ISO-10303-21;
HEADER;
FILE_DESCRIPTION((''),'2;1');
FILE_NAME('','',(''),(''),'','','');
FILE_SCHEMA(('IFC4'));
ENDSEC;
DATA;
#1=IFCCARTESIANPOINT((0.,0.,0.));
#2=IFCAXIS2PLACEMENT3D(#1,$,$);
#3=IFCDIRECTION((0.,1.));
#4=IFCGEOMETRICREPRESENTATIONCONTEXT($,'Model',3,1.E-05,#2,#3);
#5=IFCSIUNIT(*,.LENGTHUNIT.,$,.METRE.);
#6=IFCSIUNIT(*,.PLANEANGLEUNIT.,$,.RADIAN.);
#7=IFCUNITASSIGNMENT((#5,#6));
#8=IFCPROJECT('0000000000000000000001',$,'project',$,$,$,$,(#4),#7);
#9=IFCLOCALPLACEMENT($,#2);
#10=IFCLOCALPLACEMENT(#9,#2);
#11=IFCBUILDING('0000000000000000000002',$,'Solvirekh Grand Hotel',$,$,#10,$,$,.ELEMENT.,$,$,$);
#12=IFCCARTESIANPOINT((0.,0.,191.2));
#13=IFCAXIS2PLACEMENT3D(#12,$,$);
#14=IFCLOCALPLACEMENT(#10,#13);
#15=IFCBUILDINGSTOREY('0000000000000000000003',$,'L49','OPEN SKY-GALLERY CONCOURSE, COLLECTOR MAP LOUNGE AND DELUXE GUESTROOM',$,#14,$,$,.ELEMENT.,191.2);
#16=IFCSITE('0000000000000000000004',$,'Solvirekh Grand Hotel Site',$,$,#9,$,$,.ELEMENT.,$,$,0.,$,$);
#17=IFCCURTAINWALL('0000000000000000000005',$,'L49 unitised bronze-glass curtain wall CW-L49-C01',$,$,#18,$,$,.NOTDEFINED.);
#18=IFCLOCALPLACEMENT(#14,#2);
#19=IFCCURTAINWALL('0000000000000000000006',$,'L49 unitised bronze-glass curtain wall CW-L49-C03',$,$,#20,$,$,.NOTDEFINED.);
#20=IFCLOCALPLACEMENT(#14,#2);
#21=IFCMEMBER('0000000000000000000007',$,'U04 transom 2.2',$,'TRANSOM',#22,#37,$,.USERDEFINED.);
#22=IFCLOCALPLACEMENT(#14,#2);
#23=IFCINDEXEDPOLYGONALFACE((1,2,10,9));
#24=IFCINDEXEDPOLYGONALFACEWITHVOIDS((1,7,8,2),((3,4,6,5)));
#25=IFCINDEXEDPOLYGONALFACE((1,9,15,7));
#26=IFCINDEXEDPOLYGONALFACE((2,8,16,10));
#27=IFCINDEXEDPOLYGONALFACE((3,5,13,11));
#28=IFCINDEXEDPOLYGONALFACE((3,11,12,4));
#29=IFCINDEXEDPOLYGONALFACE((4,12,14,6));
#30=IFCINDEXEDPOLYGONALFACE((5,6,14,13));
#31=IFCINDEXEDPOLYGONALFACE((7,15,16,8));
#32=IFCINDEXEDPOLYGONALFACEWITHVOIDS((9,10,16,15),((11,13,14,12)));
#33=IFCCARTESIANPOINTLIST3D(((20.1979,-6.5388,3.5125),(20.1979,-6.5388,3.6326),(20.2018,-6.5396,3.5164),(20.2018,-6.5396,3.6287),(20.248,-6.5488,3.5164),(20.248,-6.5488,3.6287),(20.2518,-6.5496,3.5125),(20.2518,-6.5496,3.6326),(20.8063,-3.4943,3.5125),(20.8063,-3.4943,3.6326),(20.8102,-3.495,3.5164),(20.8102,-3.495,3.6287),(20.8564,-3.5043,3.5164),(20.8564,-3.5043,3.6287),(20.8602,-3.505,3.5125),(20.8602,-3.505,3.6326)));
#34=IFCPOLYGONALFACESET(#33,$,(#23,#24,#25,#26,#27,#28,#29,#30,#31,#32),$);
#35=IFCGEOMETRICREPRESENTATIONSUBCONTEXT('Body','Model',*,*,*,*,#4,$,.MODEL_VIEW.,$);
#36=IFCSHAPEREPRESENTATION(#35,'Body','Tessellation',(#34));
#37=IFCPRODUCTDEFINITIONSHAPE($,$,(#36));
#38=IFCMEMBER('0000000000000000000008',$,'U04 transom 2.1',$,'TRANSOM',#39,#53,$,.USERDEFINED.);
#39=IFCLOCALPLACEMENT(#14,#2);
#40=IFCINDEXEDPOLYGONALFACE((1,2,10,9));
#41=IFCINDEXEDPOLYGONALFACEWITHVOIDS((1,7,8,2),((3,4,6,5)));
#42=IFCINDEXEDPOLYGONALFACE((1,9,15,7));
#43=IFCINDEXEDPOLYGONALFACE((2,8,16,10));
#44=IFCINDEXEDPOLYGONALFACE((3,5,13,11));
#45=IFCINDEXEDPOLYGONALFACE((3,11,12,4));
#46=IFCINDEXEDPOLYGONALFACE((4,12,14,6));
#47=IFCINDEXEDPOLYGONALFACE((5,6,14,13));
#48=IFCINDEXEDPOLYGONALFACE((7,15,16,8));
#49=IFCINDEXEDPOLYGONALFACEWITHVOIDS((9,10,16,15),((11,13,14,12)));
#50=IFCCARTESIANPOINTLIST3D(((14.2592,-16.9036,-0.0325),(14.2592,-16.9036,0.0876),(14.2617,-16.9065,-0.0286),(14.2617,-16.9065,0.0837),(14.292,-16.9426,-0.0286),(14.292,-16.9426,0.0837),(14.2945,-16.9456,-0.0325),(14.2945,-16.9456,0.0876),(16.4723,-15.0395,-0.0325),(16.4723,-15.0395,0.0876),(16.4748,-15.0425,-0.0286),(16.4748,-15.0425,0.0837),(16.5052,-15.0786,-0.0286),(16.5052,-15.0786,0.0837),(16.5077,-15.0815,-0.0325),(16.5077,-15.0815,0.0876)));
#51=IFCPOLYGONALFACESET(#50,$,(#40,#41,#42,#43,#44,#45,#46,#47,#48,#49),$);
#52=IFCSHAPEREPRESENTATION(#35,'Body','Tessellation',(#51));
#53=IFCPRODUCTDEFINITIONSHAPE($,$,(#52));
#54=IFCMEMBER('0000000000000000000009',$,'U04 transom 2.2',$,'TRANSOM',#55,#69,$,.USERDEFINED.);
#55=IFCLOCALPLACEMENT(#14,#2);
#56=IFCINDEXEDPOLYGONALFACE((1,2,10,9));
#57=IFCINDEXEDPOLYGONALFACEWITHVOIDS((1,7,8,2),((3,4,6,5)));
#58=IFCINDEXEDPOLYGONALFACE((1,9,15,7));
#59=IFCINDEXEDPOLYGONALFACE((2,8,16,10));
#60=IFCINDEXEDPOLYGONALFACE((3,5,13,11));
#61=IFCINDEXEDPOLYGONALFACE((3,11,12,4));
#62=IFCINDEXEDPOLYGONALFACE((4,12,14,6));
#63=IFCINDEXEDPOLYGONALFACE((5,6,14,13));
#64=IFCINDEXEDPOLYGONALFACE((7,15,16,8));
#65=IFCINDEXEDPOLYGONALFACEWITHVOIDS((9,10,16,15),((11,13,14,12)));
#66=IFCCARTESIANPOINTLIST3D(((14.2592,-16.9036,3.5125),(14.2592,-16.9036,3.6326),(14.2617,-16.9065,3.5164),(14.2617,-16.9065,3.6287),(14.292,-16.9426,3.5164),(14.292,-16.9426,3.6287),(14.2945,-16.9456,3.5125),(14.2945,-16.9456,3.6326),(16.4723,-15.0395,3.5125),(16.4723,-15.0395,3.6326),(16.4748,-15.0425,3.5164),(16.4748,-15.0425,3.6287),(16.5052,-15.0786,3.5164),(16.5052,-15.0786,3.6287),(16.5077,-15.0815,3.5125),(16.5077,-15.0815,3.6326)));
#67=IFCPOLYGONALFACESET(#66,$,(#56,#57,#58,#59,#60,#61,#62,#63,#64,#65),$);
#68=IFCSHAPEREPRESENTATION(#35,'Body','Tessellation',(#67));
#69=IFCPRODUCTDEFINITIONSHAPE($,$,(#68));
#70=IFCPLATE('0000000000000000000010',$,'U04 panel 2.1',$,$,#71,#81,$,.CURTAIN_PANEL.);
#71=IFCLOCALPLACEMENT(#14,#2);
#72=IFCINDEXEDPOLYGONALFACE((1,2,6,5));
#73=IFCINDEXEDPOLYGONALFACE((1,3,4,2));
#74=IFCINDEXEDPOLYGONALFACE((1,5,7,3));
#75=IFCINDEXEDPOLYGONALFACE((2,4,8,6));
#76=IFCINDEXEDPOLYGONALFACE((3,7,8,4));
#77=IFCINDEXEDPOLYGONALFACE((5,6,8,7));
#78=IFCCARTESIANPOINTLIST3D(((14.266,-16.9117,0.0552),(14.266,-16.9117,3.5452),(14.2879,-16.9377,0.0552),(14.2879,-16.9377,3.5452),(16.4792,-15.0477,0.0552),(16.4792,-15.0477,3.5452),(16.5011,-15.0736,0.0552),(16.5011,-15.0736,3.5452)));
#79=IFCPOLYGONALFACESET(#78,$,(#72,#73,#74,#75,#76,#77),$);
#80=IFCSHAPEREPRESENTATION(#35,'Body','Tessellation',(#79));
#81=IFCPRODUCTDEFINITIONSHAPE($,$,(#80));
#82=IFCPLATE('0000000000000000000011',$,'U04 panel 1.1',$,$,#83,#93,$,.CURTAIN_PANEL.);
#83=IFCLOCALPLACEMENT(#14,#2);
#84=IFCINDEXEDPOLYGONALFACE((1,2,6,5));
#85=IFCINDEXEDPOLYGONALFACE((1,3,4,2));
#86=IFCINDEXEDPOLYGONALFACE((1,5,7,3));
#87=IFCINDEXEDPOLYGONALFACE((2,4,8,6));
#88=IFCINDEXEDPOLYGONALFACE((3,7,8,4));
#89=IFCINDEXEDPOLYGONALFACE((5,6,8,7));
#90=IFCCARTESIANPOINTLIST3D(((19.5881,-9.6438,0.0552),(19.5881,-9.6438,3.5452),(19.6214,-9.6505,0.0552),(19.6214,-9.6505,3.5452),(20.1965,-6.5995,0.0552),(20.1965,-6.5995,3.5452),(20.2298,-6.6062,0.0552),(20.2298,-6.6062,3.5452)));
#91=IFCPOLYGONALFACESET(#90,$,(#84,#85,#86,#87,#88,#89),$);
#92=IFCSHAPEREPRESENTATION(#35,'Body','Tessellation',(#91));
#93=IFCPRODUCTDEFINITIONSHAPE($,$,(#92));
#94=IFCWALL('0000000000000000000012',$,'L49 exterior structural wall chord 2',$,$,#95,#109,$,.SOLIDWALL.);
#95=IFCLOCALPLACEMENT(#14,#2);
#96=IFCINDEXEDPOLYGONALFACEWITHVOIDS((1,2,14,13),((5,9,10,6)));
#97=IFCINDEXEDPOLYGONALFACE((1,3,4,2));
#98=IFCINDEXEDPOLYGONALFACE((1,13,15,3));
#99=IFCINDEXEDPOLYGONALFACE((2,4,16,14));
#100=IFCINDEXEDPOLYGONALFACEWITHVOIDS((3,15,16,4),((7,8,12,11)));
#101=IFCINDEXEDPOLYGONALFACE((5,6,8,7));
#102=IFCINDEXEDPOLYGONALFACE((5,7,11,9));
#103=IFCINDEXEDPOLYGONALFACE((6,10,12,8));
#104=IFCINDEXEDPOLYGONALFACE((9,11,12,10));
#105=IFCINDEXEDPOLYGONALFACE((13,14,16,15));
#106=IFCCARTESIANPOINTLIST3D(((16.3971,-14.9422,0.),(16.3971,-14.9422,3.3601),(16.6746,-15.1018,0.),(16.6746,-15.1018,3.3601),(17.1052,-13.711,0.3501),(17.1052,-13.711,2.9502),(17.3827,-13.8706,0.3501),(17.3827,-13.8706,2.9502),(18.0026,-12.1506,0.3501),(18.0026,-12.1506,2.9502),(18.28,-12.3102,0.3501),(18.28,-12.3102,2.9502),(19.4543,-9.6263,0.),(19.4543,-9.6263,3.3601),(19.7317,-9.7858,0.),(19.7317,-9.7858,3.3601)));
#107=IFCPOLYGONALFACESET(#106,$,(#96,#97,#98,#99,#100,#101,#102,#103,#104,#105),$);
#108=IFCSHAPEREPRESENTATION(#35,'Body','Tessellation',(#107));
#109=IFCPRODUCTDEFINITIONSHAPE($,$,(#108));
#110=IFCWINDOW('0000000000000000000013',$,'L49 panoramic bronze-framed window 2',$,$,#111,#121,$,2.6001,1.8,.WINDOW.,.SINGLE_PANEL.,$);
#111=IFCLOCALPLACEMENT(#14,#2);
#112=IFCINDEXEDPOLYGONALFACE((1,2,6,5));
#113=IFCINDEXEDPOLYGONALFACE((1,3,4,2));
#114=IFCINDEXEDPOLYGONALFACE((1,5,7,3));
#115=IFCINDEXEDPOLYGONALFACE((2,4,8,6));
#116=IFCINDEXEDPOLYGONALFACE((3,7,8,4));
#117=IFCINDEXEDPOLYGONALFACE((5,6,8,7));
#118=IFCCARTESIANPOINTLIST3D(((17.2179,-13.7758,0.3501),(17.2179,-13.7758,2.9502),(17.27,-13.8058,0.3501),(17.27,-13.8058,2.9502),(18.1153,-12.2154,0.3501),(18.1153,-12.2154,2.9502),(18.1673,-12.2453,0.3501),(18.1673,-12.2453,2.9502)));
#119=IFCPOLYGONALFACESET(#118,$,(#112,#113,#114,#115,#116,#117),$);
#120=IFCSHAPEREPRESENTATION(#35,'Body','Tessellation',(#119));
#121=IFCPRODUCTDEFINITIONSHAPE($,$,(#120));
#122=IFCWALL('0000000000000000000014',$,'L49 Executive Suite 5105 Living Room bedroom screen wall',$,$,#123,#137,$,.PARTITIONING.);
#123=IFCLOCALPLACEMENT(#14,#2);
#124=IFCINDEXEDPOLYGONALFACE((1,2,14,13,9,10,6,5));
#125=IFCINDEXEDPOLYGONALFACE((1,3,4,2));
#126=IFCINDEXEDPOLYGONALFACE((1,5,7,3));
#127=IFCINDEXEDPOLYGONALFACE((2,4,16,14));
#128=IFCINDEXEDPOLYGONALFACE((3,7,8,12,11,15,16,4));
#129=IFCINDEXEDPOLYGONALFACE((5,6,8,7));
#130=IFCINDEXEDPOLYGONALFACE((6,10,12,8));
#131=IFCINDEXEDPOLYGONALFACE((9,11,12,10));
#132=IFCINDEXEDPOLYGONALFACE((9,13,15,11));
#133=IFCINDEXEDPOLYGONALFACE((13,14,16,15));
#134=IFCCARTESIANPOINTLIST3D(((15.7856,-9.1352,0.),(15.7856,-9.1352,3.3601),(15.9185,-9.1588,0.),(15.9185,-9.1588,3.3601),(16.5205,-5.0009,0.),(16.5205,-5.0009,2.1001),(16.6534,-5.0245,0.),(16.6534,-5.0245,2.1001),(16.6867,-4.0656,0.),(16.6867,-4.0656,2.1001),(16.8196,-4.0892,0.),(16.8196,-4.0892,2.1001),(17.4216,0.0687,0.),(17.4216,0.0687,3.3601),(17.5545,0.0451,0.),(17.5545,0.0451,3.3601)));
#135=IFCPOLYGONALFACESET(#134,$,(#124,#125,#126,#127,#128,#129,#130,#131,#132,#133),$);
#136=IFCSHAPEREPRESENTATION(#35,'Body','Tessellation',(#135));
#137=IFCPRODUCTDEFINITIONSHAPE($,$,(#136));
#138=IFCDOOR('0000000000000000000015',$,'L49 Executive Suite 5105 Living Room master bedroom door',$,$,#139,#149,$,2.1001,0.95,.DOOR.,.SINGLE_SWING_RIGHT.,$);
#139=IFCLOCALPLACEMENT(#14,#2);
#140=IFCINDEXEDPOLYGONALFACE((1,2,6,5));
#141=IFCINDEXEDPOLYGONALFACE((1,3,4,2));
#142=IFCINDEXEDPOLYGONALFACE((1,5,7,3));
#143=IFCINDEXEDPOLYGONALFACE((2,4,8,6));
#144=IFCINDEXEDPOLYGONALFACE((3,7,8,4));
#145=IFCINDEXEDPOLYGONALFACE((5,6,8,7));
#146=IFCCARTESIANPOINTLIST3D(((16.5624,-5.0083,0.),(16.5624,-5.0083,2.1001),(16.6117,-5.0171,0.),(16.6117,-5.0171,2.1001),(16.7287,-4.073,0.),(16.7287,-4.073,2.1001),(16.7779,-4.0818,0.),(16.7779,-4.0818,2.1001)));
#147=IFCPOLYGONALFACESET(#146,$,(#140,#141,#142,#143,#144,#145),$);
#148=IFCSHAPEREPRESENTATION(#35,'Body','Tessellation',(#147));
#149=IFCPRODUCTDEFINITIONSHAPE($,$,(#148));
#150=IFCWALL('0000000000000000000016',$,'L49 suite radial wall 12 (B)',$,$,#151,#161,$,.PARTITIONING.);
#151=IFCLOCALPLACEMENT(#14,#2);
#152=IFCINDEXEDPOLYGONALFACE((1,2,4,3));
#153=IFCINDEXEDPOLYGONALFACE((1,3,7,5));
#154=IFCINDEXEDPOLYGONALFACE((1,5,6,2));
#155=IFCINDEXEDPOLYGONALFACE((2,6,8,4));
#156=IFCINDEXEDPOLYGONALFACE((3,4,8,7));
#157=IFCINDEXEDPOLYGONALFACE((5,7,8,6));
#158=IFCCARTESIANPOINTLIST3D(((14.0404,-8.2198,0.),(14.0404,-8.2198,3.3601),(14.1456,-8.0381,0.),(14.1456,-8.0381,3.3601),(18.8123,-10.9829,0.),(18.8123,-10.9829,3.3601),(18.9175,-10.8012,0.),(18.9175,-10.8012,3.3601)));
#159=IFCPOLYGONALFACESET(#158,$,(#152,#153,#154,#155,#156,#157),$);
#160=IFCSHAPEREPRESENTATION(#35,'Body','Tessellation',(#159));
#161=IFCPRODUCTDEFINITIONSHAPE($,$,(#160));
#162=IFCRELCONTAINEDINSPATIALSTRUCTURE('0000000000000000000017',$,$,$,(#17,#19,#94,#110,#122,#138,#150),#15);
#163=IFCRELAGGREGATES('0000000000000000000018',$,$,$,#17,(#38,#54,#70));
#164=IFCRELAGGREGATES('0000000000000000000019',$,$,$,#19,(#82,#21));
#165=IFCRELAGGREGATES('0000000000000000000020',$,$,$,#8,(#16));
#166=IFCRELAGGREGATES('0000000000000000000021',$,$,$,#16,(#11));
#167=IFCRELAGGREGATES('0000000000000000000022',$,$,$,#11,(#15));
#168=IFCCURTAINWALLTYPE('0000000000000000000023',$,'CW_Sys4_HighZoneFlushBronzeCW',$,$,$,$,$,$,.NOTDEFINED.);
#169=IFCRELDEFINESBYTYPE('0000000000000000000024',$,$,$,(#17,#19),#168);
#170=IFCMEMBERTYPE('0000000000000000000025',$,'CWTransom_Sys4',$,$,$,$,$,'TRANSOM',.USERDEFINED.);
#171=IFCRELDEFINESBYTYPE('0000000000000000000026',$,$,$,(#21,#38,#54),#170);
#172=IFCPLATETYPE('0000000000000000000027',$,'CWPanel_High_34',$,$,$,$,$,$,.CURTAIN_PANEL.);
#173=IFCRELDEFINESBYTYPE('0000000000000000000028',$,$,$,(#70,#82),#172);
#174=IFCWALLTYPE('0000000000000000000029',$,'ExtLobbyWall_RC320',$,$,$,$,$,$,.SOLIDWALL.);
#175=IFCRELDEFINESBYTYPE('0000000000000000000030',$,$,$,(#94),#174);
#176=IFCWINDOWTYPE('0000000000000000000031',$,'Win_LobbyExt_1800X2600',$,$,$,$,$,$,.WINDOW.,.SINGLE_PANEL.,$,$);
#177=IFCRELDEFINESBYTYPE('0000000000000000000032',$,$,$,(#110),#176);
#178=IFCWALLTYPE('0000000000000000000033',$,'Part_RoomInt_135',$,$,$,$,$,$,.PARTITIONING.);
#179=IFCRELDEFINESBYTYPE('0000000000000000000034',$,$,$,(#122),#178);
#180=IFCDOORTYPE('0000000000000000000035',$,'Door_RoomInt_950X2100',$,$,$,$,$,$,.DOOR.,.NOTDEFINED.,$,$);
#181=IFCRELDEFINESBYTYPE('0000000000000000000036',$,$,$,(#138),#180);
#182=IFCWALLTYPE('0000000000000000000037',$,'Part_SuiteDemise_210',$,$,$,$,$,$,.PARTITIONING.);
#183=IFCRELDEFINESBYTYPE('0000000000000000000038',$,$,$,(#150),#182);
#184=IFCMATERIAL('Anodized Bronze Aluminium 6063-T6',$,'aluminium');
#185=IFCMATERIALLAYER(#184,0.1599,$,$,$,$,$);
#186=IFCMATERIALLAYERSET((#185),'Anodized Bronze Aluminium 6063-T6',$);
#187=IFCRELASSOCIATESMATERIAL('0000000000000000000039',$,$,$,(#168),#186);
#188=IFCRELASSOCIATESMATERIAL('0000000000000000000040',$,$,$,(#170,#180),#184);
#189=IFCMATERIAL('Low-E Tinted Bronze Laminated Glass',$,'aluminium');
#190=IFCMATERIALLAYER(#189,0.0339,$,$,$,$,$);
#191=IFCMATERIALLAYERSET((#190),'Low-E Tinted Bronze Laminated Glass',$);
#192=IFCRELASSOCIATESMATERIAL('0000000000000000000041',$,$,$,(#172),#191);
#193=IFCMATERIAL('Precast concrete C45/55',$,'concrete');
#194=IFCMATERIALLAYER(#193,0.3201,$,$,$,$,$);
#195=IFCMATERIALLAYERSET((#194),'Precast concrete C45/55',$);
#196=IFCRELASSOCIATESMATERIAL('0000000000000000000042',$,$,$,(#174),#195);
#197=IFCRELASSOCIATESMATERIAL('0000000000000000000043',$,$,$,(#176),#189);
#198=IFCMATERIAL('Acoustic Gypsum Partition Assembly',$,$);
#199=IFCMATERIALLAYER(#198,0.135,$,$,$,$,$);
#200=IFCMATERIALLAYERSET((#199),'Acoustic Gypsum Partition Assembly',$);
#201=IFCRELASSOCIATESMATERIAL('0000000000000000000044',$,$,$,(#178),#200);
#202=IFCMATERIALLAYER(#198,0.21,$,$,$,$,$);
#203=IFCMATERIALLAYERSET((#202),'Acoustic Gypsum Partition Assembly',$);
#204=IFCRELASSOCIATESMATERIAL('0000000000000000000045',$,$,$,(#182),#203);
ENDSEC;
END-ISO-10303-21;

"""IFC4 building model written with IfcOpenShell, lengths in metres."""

from ifc_helpers import new_model, si_unit, direction, frame, frame_2d, origin, origin_2d, place, context, subcontext, project, spatial, rectangle, hollow_rectangle, extrude, source, transform, mapped, material, layer, layer_set, material_profile, profile_set, type_object, element, fill, aggregate, save


model = new_model("IFC4")

# Units and contexts
model_context = context("Model", 3, precision=1e-05, world=origin(), true_north=direction((0.0, 1.0)))
body_context = subcontext(model_context, "Body", "Model", "MODEL_VIEW")
ifc_project = project(units=[si_unit("LENGTHUNIT", "METRE"), si_unit("PLANEANGLEUNIT", "RADIAN")], contexts=[model_context])

# Site, building, storey
site_placement = place(None, origin())
site = spatial("IfcSite", under=ifc_project, at=site_placement, Name="Solvirekh Grand Hotel Site", CompositionType="ELEMENT", RefElevation=0.0)
building_placement = place(site_placement, origin())
building = spatial("IfcBuilding", under=site, at=building_placement, Name="Solvirekh Grand Hotel", CompositionType="ELEMENT")
storey_placement = place(building_placement, frame((0.0, 0.0, 191.2)))
storey = spatial("IfcBuildingStorey", under=building, at=storey_placement, Name="L49", Description="OPEN SKY-GALLERY CONCOURSE, COLLECTOR MAP LOUNGE AND DELUXE GUESTROOM", CompositionType="ELEMENT", Elevation=191.2)

# Curtain walls, member
ifc_material_1 = material(Name="Anodized Bronze Aluminium 6063-T6", Category="aluminium")
ifc_layer_1 = layer(ifc_material_1, 0.1599)
ifc_layer_set_1 = layer_set([ifc_layer_1], Name="Anodized Bronze Aluminium 6063-T6")
curtain_wall_type = type_object("IfcCurtainWallType", Name="CW_Sys4_HighZoneFlushBronzeCW", PredefinedType="NOTDEFINED", material=ifc_layer_set_1)
curtain_wall_1_placement = place(storey_placement, origin())
curtain_wall_1 = element("IfcCurtainWall", 1, at=curtain_wall_1_placement, inside=storey, type_object=curtain_wall_type, Name="L49 unitised bronze-glass curtain wall CW-L49-C01", PredefinedType="NOTDEFINED")
curtain_wall_2_placement = place(storey_placement, origin())
curtain_wall_2 = element("IfcCurtainWall", 2, at=curtain_wall_2_placement, inside=storey, type_object=curtain_wall_type, Name="L49 unitised bronze-glass curtain wall CW-L49-C03", PredefinedType="NOTDEFINED")
ifc_material_profile_1 = material_profile(ifc_material_1, hollow_rectangle(XDim=0.0549, YDim=0.1201, WallThickness=0.0039, at=origin_2d()), Name="ALU RHS 120X55X4")
ifc_profile_set_1 = profile_set([ifc_material_profile_1], Name="Anodized Bronze Aluminium 6063-T6")
member_type_1 = type_object("IfcMemberType", Name="CWTransom_Sys4", ElementType="TRANSOM", PredefinedType="USERDEFINED", material=ifc_profile_set_1)
shared_shape_1 = source(origin(), body_context, "Body", "SweptSolid", [
    extrude(hollow_rectangle(XDim=0.0549, YDim=0.1201, WallThickness=0.0039, at=origin_2d()), origin(), (0.0, 0.0, 1.0), 3.1047),
])
member_1_placement = place(storey_placement, frame((20.2249, -6.5442, 3.5725), z_axis=(0.195965, 0.980611, 0.0), x_axis=(-0.980611, 0.195965, 0.0)))
member_1 = element("IfcMember", 3, at=member_1_placement, type_object=member_type_1, Name="U04 transom 2.2", ObjectType="TRANSOM", PredefinedType="USERDEFINED", context=body_context, shape_type="MappedRepresentation", body=[
    mapped(shared_shape_1, transform((0.0, 0.0, 0.0), x_axis=(1.0, 0.0, 0.0), y_axis=(0.0, 1.0, 0.0), z_axis=(0.0, 0.0, 1.0), scale=1.0)),
])

# Members
shared_shape_2 = source(origin(), body_context, "Body", "SweptSolid", [
    extrude(hollow_rectangle(XDim=0.0549, YDim=0.1201, WallThickness=0.0039, at=origin_2d()), origin(), (0.0, 0.0, 1.0), 2.8936),
])
member_2_placement = place(storey_placement, frame((14.2769, -16.9246, 0.0276), z_axis=(0.764856, 0.644201, 0.0), x_axis=(-0.644201, 0.764856, 0.0)))
member_2 = element("IfcMember", 4, at=member_2_placement, type_object=member_type_1, Name="U04 transom 2.1", ObjectType="TRANSOM", PredefinedType="USERDEFINED", context=body_context, shape_type="MappedRepresentation", body=[
    mapped(shared_shape_2, transform((0.0, 0.0, 0.0), x_axis=(1.0, 0.0, 0.0), y_axis=(0.0, 1.0, 0.0), z_axis=(0.0, 0.0, 1.0), scale=1.0)),
])
member_3_placement = place(storey_placement, frame((14.2769, -16.9246, 3.5725), z_axis=(0.764856, 0.644201, 0.0), x_axis=(-0.644201, 0.764856, 0.0)))
member_3 = element("IfcMember", 5, at=member_3_placement, type_object=member_type_1, Name="U04 transom 2.2", ObjectType="TRANSOM", PredefinedType="USERDEFINED", context=body_context, shape_type="MappedRepresentation", body=[
    mapped(shared_shape_2, transform((0.0, 0.0, 0.0), x_axis=(1.0, 0.0, 0.0), y_axis=(0.0, 1.0, 0.0), z_axis=(0.0, 0.0, 1.0), scale=1.0)),
])

# Plates
ifc_material_2 = material(Name="Low-E Tinted Bronze Laminated Glass", Category="aluminium")
ifc_layer_2 = layer(ifc_material_2, 0.0339)
ifc_layer_set_2 = layer_set([ifc_layer_2], Name="Low-E Tinted Bronze Laminated Glass")
plate_type = type_object("IfcPlateType", Name="CWPanel_High_34", PredefinedType="CURTAIN_PANEL", material=ifc_layer_set_2)
shared_shape_3 = source(origin(), body_context, "Body", "SweptSolid", [
    extrude(rectangle(XDim=2.8936, YDim=0.0339, at=origin_2d()), origin(), (0.0, 0.0, 1.0), 3.49),
])
plate_1_placement = place(storey_placement, frame((15.3835, -15.9927, 0.0552), z_axis=(0.0, 0.0, 1.0), x_axis=(0.764859, 0.644198, 0.0)))
plate_1 = element("IfcPlate", 6, at=plate_1_placement, type_object=plate_type, Name="U04 panel 2.1", PredefinedType="CURTAIN_PANEL", context=body_context, shape_type="MappedRepresentation", body=[
    mapped(shared_shape_3, transform((0.0, 0.0, 0.0), x_axis=(1.0, 0.0, 0.0), y_axis=(0.0, 1.0, 0.0), z_axis=(0.0, 0.0, 1.0), scale=1.0)),
])
aggregate(curtain_wall_1, [member_2, member_3, plate_1])
shared_shape_4 = source(origin(), body_context, "Body", "SweptSolid", [
    extrude(rectangle(XDim=3.1045, YDim=0.0339, at=origin_2d()), origin(), (0.0, 0.0, 1.0), 3.49),
])
plate_2_placement = place(storey_placement, frame((19.9089, -8.125, 0.0552), z_axis=(0.0, 0.0, 1.0), x_axis=(0.195966, 0.980611, 0.0)))
plate_2 = element("IfcPlate", 7, at=plate_2_placement, type_object=plate_type, Name="U04 panel 1.1", PredefinedType="CURTAIN_PANEL", context=body_context, shape_type="MappedRepresentation", body=[
    mapped(shared_shape_4, transform((0.0, 0.0, 0.0), x_axis=(1.0, 0.0, 0.0), y_axis=(0.0, 1.0, 0.0), z_axis=(0.0, 0.0, 1.0), scale=1.0)),
])
aggregate(curtain_wall_2, [plate_2, member_1])

# Wall, opening, window
ifc_material_3 = material(Name="Precast concrete C45/55", Category="concrete")
ifc_layer_3 = layer(ifc_material_3, 0.3201)
ifc_layer_set_3 = layer_set([ifc_layer_3], Name="Precast concrete C45/55")
wall_type_1 = type_object("IfcWallType", Name="ExtLobbyWall_RC320", PredefinedType="SOLIDWALL", material=ifc_layer_set_3)
wall_1_placement = place(storey_placement, frame((19.593, -9.7061, 0.0), z_axis=(0.0, 0.0, 1.0), x_axis=(-0.498529, -0.866873, 0.0)))
wall_1 = element("IfcWall", 8, at=wall_1_placement, inside=storey, type_object=wall_type_1, Name="L49 exterior structural wall chord 2", PredefinedType="SOLIDWALL", context=body_context, shape_type="SweptSolid", body=[
    extrude(rectangle(XDim=6.1323, YDim=0.3201, at=frame_2d((3.0662, 0.0))), origin(), (0.0, 0.0, 1.0), 3.3601),
])
opening_1_placement = place(wall_1_placement, frame((2.9121, 0.0, 0.3501)))
opening_1 = element("IfcOpeningElement", 9, at=opening_1_placement, cuts=wall_1, PredefinedType="OPENING", context=body_context, shape_type="SweptSolid", body=[
    extrude(rectangle(XDim=1.8, YDim=2.6001, at=frame_2d((0.8999, 1.3))), frame((0.0, 0.1699, 0.0), z_axis=(0.0, -1.0, 0.0), x_axis=(1.0, 0.0, 0.0)), (0.0, 0.0, 1.0), 0.3401),
])
window_type = type_object("IfcWindowType", Name="Win_LobbyExt_1800X2600", PartitioningType="SINGLE_PANEL", PredefinedType="WINDOW", material=ifc_material_2)
window_placement = place(opening_1_placement, origin())
window = element("IfcWindow", 10, at=window_placement, inside=storey, type_object=window_type, Name="L49 panoramic bronze-framed window 2", OverallHeight=2.6001, OverallWidth=1.8, PartitioningType="SINGLE_PANEL", PredefinedType="WINDOW", context=body_context, shape_type="SweptSolid", body=[
    extrude(rectangle(XDim=1.8, YDim=2.6001, at=frame_2d((0.8999, 1.3))), frame((0.0, 0.03, 0.0), z_axis=(0.0, -1.0, 0.0), x_axis=(1.0, 0.0, 0.0)), (0.0, 0.0, 1.0), 0.0601),
])
fill(opening_1, window)

# Wall, opening, door
ifc_material_4 = material(Name="Acoustic Gypsum Partition Assembly")
ifc_layer_4 = layer(ifc_material_4, 0.135)
ifc_layer_set_4 = layer_set([ifc_layer_4], Name="Acoustic Gypsum Partition Assembly")
wall_type_2 = type_object("IfcWallType", Name="Part_RoomInt_135", PredefinedType="PARTITIONING", material=ifc_layer_set_4)
wall_2_placement = place(storey_placement, frame((15.8521, -9.147, 0.0), z_axis=(0.0, 0.0, 1.0), x_axis=(0.175007, 0.984567, 0.0)))
wall_2 = element("IfcWall", 11, at=wall_2_placement, inside=storey, type_object=wall_type_2, Name="L49 Executive Suite 5105 Living Room bedroom screen wall", PredefinedType="PARTITIONING", context=body_context, shape_type="SweptSolid", body=[
    extrude(rectangle(XDim=9.3481, YDim=0.135, at=frame_2d((4.6741, 0.0))), origin(), (0.0, 0.0, 1.0), 3.3601),
])
opening_2_placement = place(wall_2_placement, frame((4.199, 0.0, 0.0)))
opening_2 = element("IfcOpeningElement", 12, at=opening_2_placement, cuts=wall_2, PredefinedType="OPENING", context=body_context, shape_type="SweptSolid", body=[
    extrude(rectangle(XDim=0.95, YDim=2.1001, at=frame_2d((0.4751, 1.05))), frame((0.0, 0.0776, 0.0), z_axis=(0.0, -1.0, 0.0), x_axis=(1.0, 0.0, 0.0)), (0.0, 0.0, 1.0), 0.155),
])
door_type = type_object("IfcDoorType", Name="Door_RoomInt_950X2100", OperationType="NOTDEFINED", PredefinedType="DOOR", material=ifc_material_1)
door_placement = place(opening_2_placement, origin())
door = element("IfcDoor", 13, at=door_placement, inside=storey, type_object=door_type, Name="L49 Executive Suite 5105 Living Room master bedroom door", OperationType="SINGLE_SWING_RIGHT", OverallHeight=2.1001, OverallWidth=0.95, PredefinedType="DOOR", context=body_context, shape_type="SweptSolid", body=[
    extrude(rectangle(XDim=0.95, YDim=2.1001, at=frame_2d((0.4751, 1.05))), frame((0.0, 0.0249, 0.0), z_axis=(0.0, -1.0, 0.0), x_axis=(1.0, 0.0, 0.0)), (0.0, 0.0, 1.0), 0.05),
])
fill(opening_2, door)

# Wall
ifc_layer_5 = layer(ifc_material_4, 0.21)
ifc_layer_set_5 = layer_set([ifc_layer_5], Name="Acoustic Gypsum Partition Assembly")
wall_type_3 = type_object("IfcWallType", Name="Part_SuiteDemise_210", PredefinedType="PARTITIONING", material=ifc_layer_set_5)
wall_3_placement = place(storey_placement, frame((14.093, -8.1289, 0.0), z_axis=(0.0, 0.0, 1.0), x_axis=(0.86539, -0.501099, 0.0)))
element("IfcWall", 14, at=wall_3_placement, inside=storey, type_object=wall_type_3, Name="L49 suite radial wall 12 (B)", PredefinedType="PARTITIONING", context=body_context, shape_type="SweptSolid", body=[
    extrude(rectangle(XDim=5.5142, YDim=0.21, at=frame_2d((2.7571, 0.0))), origin(), (0.0, 0.0, 1.0), 3.3601),
])

save(model, "model.ifc")
